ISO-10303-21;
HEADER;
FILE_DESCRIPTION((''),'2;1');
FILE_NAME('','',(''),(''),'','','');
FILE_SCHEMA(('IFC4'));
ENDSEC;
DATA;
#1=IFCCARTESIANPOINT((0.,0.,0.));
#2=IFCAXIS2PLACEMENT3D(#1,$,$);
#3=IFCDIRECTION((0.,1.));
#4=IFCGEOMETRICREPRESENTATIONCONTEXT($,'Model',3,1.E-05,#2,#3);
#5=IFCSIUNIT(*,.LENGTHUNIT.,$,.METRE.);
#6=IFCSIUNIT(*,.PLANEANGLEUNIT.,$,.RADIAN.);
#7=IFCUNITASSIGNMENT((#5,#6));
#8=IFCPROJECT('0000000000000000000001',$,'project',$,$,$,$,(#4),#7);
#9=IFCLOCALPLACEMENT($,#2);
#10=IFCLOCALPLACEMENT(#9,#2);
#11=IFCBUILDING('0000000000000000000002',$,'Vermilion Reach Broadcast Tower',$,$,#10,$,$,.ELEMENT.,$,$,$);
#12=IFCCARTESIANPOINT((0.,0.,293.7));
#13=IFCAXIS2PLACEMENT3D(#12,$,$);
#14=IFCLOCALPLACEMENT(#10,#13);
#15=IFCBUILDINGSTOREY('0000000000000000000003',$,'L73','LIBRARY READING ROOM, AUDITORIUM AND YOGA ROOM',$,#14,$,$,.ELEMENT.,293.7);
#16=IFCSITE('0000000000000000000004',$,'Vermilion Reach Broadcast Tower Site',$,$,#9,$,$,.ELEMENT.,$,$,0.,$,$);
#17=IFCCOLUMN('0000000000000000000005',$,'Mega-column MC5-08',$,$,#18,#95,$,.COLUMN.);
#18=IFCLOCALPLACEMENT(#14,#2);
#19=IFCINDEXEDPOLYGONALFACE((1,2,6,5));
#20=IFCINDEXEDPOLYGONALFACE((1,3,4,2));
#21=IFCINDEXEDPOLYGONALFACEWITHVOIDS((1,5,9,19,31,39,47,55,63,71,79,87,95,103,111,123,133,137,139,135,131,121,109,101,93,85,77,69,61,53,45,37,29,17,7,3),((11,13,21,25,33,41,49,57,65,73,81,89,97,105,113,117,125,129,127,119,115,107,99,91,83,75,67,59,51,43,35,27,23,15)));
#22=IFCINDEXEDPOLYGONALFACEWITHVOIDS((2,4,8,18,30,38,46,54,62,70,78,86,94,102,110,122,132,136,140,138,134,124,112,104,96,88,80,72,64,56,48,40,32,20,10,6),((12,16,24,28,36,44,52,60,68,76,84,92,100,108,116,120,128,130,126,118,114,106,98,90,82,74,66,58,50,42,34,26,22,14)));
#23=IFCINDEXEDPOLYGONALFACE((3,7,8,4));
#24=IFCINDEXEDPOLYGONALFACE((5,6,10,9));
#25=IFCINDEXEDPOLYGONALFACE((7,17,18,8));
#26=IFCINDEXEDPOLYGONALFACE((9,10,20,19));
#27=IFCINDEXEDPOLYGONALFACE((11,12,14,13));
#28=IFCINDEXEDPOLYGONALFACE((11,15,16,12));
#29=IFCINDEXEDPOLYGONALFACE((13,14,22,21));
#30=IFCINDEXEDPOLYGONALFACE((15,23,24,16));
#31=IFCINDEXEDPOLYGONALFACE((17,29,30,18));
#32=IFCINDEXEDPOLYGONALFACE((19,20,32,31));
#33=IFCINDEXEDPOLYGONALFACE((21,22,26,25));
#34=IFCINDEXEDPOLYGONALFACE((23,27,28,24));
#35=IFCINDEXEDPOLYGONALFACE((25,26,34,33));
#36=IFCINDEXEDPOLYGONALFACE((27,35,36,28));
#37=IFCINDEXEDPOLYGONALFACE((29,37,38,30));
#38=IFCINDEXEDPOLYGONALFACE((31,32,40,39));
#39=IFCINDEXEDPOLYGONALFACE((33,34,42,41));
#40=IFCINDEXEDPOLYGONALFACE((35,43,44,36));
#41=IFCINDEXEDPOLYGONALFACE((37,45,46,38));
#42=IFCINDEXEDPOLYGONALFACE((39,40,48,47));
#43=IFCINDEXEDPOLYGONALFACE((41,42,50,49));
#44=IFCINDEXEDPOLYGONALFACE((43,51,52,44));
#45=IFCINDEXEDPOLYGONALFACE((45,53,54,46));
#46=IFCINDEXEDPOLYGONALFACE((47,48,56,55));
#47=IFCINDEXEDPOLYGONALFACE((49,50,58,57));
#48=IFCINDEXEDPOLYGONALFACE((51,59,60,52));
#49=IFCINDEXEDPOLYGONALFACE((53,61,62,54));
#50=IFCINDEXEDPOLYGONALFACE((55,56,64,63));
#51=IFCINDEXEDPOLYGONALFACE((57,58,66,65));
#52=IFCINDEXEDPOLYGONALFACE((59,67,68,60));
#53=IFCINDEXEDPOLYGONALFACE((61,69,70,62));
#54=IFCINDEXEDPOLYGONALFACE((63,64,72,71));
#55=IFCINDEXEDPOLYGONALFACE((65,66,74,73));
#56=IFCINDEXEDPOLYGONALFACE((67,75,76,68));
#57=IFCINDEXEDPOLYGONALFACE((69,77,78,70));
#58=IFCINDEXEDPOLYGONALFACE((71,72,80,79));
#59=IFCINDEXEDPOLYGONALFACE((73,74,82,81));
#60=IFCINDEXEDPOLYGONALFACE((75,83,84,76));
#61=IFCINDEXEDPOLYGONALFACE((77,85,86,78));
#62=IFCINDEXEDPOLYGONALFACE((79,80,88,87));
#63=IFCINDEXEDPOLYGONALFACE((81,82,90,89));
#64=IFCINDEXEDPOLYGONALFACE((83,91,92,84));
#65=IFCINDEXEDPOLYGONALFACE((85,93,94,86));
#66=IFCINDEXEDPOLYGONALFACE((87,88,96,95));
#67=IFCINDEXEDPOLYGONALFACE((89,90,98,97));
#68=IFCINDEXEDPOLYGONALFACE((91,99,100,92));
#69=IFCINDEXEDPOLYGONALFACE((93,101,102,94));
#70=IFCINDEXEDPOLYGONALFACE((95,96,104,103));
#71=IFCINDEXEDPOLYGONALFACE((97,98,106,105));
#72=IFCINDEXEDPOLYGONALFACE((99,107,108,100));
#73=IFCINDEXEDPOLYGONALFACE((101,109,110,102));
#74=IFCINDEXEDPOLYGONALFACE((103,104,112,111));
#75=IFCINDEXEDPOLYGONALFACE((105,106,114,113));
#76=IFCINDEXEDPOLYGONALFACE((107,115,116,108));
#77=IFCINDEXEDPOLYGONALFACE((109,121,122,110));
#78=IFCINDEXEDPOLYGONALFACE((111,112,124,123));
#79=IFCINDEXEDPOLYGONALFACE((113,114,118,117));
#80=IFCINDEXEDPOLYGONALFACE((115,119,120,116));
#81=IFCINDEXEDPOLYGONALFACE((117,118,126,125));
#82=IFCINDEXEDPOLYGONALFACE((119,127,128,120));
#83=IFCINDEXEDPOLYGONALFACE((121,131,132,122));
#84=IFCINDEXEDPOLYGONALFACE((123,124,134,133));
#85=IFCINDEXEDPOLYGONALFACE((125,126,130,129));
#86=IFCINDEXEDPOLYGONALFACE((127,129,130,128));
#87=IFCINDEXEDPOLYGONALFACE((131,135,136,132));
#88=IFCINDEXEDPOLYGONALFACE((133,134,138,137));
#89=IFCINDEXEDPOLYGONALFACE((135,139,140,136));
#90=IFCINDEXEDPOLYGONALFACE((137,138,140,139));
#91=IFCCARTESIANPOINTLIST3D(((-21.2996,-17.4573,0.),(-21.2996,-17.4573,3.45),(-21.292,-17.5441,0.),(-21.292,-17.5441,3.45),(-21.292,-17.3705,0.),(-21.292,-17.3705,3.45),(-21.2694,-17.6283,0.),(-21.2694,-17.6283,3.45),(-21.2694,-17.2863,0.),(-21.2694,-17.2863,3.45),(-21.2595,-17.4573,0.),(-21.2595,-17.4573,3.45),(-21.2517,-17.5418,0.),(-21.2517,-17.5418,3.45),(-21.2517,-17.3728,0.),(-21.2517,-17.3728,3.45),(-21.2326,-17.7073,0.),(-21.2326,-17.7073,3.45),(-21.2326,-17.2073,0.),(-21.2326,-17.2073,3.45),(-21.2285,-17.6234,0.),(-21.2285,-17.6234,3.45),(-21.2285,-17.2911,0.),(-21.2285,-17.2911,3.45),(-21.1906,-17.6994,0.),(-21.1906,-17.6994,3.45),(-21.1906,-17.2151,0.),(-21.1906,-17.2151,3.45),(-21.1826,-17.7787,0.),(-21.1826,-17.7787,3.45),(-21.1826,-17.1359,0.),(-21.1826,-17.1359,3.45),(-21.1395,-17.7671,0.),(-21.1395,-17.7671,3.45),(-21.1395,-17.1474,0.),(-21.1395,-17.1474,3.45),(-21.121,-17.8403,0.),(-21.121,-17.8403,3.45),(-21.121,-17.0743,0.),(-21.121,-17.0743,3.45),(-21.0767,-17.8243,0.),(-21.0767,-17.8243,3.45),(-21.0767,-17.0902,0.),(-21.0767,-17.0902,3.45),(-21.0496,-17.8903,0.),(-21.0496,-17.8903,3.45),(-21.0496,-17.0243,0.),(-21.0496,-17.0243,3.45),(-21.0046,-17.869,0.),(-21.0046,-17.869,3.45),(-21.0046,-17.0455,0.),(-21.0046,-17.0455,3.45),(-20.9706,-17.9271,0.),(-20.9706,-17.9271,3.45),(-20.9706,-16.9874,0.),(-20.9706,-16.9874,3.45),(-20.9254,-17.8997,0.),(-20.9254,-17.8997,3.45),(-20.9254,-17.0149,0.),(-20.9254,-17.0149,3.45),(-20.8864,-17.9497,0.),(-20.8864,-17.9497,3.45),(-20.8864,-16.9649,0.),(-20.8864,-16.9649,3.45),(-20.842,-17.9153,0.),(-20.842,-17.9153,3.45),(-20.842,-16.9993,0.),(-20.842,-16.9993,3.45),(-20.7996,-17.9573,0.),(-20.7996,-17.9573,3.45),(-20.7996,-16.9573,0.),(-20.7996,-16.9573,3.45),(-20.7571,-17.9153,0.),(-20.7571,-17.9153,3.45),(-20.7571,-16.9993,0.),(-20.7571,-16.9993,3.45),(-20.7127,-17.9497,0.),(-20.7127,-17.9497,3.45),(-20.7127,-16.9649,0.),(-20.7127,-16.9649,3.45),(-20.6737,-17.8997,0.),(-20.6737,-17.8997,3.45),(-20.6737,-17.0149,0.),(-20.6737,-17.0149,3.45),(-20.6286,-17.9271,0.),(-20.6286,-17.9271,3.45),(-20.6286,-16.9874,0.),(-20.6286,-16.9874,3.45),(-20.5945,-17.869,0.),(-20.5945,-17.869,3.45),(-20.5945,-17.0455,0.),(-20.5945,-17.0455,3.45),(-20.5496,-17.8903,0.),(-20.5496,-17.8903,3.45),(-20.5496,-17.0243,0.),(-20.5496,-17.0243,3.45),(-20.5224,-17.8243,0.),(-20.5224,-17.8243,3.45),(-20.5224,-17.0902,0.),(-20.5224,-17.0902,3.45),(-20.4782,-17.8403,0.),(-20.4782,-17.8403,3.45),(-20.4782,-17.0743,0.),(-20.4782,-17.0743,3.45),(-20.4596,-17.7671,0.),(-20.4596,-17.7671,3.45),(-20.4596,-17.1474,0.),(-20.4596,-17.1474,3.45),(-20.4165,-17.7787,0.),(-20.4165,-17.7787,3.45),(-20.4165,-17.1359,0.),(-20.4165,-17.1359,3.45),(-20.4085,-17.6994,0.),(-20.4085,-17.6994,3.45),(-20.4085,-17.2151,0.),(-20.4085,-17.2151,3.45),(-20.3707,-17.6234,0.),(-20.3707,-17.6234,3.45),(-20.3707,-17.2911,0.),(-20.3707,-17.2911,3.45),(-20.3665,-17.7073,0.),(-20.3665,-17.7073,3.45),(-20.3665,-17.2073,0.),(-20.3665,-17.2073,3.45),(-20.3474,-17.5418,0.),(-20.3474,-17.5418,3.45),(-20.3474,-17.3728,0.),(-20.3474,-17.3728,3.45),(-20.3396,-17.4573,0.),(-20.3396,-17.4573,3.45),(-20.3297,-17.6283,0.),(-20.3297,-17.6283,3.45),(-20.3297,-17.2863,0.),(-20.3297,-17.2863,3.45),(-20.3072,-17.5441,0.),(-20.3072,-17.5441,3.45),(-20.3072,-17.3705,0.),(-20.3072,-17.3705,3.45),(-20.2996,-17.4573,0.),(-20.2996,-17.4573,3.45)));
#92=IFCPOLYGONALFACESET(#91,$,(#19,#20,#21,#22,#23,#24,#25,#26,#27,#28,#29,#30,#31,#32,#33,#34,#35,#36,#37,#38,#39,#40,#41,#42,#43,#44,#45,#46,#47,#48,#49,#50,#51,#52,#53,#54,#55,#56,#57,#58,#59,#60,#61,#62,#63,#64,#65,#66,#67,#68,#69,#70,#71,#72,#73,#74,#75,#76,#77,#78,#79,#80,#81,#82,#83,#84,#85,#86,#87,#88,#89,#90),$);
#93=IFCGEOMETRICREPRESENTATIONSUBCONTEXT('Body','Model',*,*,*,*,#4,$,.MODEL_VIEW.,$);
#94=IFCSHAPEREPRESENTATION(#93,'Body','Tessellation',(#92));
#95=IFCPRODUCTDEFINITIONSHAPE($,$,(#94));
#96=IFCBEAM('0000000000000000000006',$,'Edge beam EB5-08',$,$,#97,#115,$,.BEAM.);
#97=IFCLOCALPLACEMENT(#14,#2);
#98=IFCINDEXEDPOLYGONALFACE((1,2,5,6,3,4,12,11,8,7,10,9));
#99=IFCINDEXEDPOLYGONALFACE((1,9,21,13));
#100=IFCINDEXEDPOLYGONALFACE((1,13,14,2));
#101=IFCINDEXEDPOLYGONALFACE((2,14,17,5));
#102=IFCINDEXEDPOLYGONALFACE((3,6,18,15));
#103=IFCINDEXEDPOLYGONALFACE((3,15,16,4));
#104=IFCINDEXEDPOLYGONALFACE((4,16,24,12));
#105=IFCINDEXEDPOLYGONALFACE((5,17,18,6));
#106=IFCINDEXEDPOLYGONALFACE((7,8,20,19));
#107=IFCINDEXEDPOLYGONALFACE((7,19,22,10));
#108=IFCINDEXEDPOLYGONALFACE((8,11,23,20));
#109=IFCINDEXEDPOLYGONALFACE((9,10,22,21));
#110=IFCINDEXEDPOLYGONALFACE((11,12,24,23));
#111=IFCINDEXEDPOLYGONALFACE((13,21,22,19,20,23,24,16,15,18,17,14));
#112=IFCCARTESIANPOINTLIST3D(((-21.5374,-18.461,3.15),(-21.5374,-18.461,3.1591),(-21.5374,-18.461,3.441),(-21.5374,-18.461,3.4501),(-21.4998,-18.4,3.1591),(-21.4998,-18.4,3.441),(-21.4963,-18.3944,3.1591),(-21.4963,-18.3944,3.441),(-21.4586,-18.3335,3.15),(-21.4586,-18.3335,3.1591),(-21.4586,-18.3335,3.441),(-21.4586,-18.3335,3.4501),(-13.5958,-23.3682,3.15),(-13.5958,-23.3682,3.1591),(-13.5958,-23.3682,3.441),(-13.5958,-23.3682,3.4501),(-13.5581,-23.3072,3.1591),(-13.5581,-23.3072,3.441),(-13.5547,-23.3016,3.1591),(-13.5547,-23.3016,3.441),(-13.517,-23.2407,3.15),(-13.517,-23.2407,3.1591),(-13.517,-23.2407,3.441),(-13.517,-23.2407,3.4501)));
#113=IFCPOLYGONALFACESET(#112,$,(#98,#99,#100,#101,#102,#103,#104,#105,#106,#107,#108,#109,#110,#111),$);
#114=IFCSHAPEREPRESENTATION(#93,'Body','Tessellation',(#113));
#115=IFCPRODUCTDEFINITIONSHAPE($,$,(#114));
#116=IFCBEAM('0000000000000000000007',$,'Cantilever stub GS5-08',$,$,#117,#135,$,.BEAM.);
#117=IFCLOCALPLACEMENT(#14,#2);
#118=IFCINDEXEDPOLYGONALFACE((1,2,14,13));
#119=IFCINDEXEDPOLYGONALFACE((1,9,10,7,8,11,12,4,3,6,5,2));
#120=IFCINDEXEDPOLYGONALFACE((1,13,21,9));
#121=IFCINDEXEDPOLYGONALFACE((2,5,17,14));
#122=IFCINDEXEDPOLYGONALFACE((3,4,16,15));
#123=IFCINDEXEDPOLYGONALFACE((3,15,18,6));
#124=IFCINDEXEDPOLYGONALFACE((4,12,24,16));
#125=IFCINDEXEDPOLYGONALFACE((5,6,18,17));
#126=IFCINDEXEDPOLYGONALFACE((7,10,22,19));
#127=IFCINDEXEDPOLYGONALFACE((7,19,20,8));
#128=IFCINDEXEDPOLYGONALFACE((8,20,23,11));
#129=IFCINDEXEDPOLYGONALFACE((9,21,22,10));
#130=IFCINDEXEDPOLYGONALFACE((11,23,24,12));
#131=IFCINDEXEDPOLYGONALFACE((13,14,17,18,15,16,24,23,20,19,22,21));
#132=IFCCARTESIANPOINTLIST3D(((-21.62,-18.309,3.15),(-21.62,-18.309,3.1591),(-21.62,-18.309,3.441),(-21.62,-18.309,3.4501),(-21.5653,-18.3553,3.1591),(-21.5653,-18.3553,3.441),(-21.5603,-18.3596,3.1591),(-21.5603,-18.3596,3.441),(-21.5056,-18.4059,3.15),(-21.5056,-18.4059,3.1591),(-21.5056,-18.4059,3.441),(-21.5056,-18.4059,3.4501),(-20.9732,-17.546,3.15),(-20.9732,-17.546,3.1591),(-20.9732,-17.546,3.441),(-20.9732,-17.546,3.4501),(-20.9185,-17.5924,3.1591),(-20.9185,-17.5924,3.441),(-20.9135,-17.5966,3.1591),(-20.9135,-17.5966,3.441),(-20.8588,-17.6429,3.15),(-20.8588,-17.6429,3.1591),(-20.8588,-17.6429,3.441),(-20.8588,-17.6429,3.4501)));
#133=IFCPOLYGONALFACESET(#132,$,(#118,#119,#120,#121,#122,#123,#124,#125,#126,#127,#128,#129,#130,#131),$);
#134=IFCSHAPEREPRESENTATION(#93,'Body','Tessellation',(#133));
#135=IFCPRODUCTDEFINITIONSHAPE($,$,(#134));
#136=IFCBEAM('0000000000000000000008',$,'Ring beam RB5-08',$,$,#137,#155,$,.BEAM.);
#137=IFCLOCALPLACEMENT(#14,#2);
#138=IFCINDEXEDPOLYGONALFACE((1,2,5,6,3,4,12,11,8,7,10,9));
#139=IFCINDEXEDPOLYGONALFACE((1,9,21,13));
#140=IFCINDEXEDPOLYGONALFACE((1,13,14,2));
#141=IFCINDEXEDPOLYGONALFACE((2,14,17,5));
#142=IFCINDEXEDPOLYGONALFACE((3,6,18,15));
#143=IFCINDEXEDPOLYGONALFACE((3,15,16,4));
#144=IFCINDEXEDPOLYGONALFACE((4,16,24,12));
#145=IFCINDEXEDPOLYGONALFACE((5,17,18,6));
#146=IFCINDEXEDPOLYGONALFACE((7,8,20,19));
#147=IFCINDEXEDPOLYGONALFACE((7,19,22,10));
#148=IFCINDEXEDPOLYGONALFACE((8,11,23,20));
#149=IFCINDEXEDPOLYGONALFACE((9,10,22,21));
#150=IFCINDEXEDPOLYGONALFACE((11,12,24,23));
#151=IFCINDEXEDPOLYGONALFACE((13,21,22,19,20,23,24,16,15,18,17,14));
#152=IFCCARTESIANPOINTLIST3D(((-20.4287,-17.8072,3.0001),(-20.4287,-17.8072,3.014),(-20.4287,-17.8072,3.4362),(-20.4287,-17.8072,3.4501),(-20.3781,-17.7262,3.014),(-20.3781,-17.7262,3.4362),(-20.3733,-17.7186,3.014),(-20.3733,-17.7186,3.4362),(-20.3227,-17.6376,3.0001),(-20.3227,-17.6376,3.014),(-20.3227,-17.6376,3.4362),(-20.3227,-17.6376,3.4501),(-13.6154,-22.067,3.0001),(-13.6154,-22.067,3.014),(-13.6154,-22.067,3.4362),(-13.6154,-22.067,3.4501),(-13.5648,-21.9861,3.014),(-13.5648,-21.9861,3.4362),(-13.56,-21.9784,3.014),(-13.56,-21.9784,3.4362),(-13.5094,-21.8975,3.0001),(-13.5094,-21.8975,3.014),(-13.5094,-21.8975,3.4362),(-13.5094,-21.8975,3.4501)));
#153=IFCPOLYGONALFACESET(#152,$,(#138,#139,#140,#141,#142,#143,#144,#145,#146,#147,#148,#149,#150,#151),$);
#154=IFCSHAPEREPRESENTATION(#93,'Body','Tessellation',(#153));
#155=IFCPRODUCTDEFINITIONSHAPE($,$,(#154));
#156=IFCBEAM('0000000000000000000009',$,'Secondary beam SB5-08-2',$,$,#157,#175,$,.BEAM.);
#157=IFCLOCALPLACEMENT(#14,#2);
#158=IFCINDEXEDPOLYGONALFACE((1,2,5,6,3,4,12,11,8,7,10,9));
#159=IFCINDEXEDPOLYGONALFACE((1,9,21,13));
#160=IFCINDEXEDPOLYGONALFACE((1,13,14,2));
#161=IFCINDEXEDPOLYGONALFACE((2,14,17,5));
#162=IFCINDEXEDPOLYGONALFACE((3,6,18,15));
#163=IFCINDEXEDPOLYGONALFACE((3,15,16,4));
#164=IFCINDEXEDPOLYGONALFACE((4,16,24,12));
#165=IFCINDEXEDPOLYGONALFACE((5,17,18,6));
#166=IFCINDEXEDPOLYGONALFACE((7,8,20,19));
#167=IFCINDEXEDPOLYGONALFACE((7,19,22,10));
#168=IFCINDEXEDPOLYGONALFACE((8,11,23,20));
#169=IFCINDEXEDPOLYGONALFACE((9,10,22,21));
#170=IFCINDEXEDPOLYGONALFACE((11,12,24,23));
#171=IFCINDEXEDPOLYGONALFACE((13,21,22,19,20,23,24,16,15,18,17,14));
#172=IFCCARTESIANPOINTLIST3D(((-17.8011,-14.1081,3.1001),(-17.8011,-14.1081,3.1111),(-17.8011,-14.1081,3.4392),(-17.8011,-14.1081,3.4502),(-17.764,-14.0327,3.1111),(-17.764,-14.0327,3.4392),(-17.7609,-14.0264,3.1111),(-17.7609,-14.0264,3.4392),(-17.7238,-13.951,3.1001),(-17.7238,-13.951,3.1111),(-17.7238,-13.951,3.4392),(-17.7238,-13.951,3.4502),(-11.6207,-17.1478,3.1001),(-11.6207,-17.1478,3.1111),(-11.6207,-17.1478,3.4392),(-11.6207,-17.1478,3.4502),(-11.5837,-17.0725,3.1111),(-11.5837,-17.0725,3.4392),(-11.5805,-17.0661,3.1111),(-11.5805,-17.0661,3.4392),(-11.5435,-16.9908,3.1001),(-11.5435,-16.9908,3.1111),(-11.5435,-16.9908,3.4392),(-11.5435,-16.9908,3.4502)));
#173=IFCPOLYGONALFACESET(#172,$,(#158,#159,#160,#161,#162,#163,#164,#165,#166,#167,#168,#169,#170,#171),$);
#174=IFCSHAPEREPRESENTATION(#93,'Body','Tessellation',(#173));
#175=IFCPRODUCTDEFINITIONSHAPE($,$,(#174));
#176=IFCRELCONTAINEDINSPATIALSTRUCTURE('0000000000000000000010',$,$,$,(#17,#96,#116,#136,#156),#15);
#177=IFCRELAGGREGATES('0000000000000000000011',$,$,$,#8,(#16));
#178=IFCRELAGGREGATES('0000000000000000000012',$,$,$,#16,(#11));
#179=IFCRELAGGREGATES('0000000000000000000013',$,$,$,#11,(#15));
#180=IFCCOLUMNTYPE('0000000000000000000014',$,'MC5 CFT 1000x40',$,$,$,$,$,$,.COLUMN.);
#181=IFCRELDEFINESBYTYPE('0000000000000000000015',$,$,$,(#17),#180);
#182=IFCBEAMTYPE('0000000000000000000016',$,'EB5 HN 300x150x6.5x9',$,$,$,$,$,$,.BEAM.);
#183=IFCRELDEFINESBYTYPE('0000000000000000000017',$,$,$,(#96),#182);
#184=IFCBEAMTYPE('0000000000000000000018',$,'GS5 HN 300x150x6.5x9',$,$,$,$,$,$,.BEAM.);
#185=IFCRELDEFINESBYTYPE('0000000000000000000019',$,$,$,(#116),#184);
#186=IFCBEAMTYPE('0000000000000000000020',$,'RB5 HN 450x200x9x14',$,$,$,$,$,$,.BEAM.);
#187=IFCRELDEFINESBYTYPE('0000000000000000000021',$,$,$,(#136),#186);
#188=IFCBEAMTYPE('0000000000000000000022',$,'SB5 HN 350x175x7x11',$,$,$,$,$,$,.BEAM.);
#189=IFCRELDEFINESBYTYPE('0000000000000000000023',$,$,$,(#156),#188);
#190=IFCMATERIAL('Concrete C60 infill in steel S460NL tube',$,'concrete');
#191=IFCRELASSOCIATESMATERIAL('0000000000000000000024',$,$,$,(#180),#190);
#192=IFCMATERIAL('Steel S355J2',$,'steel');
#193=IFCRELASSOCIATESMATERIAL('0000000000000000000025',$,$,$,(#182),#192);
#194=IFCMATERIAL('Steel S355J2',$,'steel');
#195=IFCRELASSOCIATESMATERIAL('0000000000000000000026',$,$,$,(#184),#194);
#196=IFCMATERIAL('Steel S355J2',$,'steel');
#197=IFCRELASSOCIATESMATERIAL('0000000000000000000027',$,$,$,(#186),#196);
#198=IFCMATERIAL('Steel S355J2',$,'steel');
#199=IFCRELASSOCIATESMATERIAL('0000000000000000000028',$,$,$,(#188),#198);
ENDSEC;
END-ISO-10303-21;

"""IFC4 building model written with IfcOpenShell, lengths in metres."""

from ifc_helpers import new_model, si_unit, direction, frame, origin, origin_2d, place, context, subcontext, project, spatial, hollow_circle, i_section, extrude, material, material_profile, profile_set, type_object, element, save


model = new_model("IFC4")

# Units and contexts
model_context = context("Model", 3, precision=1e-05, world=origin(), true_north=direction((0.0, 1.0)))
body_context = subcontext(model_context, "Body", "Model", "MODEL_VIEW")
ifc_project = project(units=[si_unit("LENGTHUNIT", "METRE"), si_unit("PLANEANGLEUNIT", "RADIAN")], contexts=[model_context])

# Site, building, storey
site_placement = place(None, origin())
site = spatial("IfcSite", under=ifc_project, at=site_placement, Name="Vermilion Reach Broadcast Tower Site", CompositionType="ELEMENT", RefElevation=0.0)
building_placement = place(site_placement, origin())
building = spatial("IfcBuilding", under=site, at=building_placement, Name="Vermilion Reach Broadcast Tower", CompositionType="ELEMENT")
storey_placement = place(building_placement, frame((0.0, 0.0, 293.7)))
storey = spatial("IfcBuildingStorey", under=building, at=storey_placement, Name="L73", Description="LIBRARY READING ROOM, AUDITORIUM AND YOGA ROOM", CompositionType="ELEMENT", Elevation=293.7)

# Column
ifc_material_1 = material(Name="Concrete C60 infill in steel S460NL tube", Category="concrete")
ifc_material_profile_1 = material_profile(ifc_material_1, hollow_circle(Radius=0.5, WallThickness=0.04, at=origin_2d()), Name="Concrete C60 infill in steel S460NL tube CFT 1000x40")
ifc_profile_set_1 = profile_set([ifc_material_profile_1], Name="Concrete C60 infill in steel S460NL tube")
column_type = type_object("IfcColumnType", Name="MC5 CFT 1000x40", PredefinedType="COLUMN", material=ifc_profile_set_1)
column_placement = place(storey_placement, frame((-20.7996, -17.4573, 0.0), z_axis=(0.0, 0.0, 1.0), x_axis=(1.0, 0.0, 0.0)))
element("IfcColumn", 1, at=column_placement, inside=storey, type_object=column_type, Name="Mega-column MC5-08", PredefinedType="COLUMN", context=body_context, shape_type="SweptSolid", body=[
    extrude(hollow_circle(Radius=0.5, WallThickness=0.04, at=origin_2d()), origin(), (0.0, 0.0, 1.0), 3.45),
])

# Beams
ifc_material_2 = material(Name="Steel S355J2", Category="steel")
ifc_material_profile_2 = material_profile(ifc_material_2, i_section(OverallWidth=0.1499, OverallDepth=0.3, WebThickness=0.0066, FlangeThickness=0.009, at=origin_2d()), Name="S355J2 HN 300x150x6.5x9")
ifc_profile_set_2 = profile_set([ifc_material_profile_2], Name="Steel S355J2")
beam_type_1 = type_object("IfcBeamType", Name="EB5 HN 300x150x6.5x9", PredefinedType="BEAM", material=ifc_profile_set_2)
beam_1_placement = place(storey_placement, frame((-21.498, -18.3972, 3.3), z_axis=(0.850698, -0.525655, 0.0), x_axis=(0.525655, 0.850698, 0.0)))
element("IfcBeam", 2, at=beam_1_placement, inside=storey, type_object=beam_type_1, Name="Edge beam EB5-08", PredefinedType="BEAM", context=body_context, shape_type="SweptSolid", body=[
    extrude(i_section(OverallWidth=0.1499, OverallDepth=0.3, WebThickness=0.0066, FlangeThickness=0.009, at=origin_2d()), origin(), (0.0, 0.0, 1.0), 9.3354),
])
ifc_material_3 = material(Name="Steel S355J2", Category="steel")
ifc_material_profile_3 = material_profile(ifc_material_3, i_section(OverallWidth=0.1499, OverallDepth=0.3, WebThickness=0.0066, FlangeThickness=0.009, at=origin_2d()), Name="S355J2 HN 300x150x6.5x9")
ifc_profile_set_3 = profile_set([ifc_material_profile_3], Name="Steel S355J2")
beam_type_2 = type_object("IfcBeamType", Name="GS5 HN 300x150x6.5x9", PredefinedType="BEAM", material=ifc_profile_set_3)
beam_2_placement = place(storey_placement, frame((-20.916, -17.5945, 3.3), z_axis=(-0.64662, -0.762812, 0.0), x_axis=(0.762812, -0.64662, 0.0)))
element("IfcBeam", 3, at=beam_2_placement, inside=storey, type_object=beam_type_2, Name="Cantilever stub GS5-08", PredefinedType="BEAM", context=body_context, shape_type="SweptSolid", body=[
    extrude(i_section(OverallWidth=0.1499, OverallDepth=0.3, WebThickness=0.0066, FlangeThickness=0.009, at=origin_2d()), origin(), (0.0, 0.0, 1.0), 1.0002),
])
ifc_material_4 = material(Name="Steel S355J2", Category="steel")
ifc_material_profile_4 = material_profile(ifc_material_4, i_section(OverallWidth=0.2, OverallDepth=0.45, WebThickness=0.009, FlangeThickness=0.0139, at=origin_2d()), Name="S355J2 HN 450x200x9x14")
ifc_profile_set_4 = profile_set([ifc_material_profile_4], Name="Steel S355J2")
beam_type_3 = type_object("IfcBeamType", Name="RB5 HN 450x200x9x14", PredefinedType="BEAM", material=ifc_profile_set_4)
beam_3_placement = place(storey_placement, frame((-20.3757, -17.7224, 3.2251), z_axis=(0.847915, -0.530133, 0.0), x_axis=(0.530133, 0.847915, 0.0)))
element("IfcBeam", 4, at=beam_3_placement, inside=storey, type_object=beam_type_3, Name="Ring beam RB5-08", PredefinedType="BEAM", context=body_context, shape_type="SweptSolid", body=[
    extrude(i_section(OverallWidth=0.2, OverallDepth=0.45, WebThickness=0.009, FlangeThickness=0.0139, at=origin_2d()), origin(), (0.0, 0.0, 1.0), 8.0354),
])
ifc_material_5 = material(Name="Steel S355J2", Category="steel")
ifc_material_profile_5 = material_profile(ifc_material_5, i_section(OverallWidth=0.175, OverallDepth=0.3501, WebThickness=0.0071, FlangeThickness=0.011, at=origin_2d()), Name="S355J2 HN 350x175x7x11")
ifc_profile_set_5 = profile_set([ifc_material_profile_5], Name="Steel S355J2")
beam_type_4 = type_object("IfcBeamType", Name="SB5 HN 350x175x7x11", PredefinedType="BEAM", material=ifc_profile_set_5)
beam_4_placement = place(storey_placement, frame((-17.7625, -14.0295, 3.2751), z_axis=(0.897336, -0.441348, 0.0), x_axis=(0.441348, 0.897336, 0.0)))
element("IfcBeam", 5, at=beam_4_placement, inside=storey, type_object=beam_type_4, Name="Secondary beam SB5-08-2", PredefinedType="BEAM", context=body_context, shape_type="SweptSolid", body=[
    extrude(i_section(OverallWidth=0.175, OverallDepth=0.3501, WebThickness=0.0071, FlangeThickness=0.011, at=origin_2d()), origin(), (0.0, 0.0, 1.0), 6.8875),
])

save(model, "model.ifc")
